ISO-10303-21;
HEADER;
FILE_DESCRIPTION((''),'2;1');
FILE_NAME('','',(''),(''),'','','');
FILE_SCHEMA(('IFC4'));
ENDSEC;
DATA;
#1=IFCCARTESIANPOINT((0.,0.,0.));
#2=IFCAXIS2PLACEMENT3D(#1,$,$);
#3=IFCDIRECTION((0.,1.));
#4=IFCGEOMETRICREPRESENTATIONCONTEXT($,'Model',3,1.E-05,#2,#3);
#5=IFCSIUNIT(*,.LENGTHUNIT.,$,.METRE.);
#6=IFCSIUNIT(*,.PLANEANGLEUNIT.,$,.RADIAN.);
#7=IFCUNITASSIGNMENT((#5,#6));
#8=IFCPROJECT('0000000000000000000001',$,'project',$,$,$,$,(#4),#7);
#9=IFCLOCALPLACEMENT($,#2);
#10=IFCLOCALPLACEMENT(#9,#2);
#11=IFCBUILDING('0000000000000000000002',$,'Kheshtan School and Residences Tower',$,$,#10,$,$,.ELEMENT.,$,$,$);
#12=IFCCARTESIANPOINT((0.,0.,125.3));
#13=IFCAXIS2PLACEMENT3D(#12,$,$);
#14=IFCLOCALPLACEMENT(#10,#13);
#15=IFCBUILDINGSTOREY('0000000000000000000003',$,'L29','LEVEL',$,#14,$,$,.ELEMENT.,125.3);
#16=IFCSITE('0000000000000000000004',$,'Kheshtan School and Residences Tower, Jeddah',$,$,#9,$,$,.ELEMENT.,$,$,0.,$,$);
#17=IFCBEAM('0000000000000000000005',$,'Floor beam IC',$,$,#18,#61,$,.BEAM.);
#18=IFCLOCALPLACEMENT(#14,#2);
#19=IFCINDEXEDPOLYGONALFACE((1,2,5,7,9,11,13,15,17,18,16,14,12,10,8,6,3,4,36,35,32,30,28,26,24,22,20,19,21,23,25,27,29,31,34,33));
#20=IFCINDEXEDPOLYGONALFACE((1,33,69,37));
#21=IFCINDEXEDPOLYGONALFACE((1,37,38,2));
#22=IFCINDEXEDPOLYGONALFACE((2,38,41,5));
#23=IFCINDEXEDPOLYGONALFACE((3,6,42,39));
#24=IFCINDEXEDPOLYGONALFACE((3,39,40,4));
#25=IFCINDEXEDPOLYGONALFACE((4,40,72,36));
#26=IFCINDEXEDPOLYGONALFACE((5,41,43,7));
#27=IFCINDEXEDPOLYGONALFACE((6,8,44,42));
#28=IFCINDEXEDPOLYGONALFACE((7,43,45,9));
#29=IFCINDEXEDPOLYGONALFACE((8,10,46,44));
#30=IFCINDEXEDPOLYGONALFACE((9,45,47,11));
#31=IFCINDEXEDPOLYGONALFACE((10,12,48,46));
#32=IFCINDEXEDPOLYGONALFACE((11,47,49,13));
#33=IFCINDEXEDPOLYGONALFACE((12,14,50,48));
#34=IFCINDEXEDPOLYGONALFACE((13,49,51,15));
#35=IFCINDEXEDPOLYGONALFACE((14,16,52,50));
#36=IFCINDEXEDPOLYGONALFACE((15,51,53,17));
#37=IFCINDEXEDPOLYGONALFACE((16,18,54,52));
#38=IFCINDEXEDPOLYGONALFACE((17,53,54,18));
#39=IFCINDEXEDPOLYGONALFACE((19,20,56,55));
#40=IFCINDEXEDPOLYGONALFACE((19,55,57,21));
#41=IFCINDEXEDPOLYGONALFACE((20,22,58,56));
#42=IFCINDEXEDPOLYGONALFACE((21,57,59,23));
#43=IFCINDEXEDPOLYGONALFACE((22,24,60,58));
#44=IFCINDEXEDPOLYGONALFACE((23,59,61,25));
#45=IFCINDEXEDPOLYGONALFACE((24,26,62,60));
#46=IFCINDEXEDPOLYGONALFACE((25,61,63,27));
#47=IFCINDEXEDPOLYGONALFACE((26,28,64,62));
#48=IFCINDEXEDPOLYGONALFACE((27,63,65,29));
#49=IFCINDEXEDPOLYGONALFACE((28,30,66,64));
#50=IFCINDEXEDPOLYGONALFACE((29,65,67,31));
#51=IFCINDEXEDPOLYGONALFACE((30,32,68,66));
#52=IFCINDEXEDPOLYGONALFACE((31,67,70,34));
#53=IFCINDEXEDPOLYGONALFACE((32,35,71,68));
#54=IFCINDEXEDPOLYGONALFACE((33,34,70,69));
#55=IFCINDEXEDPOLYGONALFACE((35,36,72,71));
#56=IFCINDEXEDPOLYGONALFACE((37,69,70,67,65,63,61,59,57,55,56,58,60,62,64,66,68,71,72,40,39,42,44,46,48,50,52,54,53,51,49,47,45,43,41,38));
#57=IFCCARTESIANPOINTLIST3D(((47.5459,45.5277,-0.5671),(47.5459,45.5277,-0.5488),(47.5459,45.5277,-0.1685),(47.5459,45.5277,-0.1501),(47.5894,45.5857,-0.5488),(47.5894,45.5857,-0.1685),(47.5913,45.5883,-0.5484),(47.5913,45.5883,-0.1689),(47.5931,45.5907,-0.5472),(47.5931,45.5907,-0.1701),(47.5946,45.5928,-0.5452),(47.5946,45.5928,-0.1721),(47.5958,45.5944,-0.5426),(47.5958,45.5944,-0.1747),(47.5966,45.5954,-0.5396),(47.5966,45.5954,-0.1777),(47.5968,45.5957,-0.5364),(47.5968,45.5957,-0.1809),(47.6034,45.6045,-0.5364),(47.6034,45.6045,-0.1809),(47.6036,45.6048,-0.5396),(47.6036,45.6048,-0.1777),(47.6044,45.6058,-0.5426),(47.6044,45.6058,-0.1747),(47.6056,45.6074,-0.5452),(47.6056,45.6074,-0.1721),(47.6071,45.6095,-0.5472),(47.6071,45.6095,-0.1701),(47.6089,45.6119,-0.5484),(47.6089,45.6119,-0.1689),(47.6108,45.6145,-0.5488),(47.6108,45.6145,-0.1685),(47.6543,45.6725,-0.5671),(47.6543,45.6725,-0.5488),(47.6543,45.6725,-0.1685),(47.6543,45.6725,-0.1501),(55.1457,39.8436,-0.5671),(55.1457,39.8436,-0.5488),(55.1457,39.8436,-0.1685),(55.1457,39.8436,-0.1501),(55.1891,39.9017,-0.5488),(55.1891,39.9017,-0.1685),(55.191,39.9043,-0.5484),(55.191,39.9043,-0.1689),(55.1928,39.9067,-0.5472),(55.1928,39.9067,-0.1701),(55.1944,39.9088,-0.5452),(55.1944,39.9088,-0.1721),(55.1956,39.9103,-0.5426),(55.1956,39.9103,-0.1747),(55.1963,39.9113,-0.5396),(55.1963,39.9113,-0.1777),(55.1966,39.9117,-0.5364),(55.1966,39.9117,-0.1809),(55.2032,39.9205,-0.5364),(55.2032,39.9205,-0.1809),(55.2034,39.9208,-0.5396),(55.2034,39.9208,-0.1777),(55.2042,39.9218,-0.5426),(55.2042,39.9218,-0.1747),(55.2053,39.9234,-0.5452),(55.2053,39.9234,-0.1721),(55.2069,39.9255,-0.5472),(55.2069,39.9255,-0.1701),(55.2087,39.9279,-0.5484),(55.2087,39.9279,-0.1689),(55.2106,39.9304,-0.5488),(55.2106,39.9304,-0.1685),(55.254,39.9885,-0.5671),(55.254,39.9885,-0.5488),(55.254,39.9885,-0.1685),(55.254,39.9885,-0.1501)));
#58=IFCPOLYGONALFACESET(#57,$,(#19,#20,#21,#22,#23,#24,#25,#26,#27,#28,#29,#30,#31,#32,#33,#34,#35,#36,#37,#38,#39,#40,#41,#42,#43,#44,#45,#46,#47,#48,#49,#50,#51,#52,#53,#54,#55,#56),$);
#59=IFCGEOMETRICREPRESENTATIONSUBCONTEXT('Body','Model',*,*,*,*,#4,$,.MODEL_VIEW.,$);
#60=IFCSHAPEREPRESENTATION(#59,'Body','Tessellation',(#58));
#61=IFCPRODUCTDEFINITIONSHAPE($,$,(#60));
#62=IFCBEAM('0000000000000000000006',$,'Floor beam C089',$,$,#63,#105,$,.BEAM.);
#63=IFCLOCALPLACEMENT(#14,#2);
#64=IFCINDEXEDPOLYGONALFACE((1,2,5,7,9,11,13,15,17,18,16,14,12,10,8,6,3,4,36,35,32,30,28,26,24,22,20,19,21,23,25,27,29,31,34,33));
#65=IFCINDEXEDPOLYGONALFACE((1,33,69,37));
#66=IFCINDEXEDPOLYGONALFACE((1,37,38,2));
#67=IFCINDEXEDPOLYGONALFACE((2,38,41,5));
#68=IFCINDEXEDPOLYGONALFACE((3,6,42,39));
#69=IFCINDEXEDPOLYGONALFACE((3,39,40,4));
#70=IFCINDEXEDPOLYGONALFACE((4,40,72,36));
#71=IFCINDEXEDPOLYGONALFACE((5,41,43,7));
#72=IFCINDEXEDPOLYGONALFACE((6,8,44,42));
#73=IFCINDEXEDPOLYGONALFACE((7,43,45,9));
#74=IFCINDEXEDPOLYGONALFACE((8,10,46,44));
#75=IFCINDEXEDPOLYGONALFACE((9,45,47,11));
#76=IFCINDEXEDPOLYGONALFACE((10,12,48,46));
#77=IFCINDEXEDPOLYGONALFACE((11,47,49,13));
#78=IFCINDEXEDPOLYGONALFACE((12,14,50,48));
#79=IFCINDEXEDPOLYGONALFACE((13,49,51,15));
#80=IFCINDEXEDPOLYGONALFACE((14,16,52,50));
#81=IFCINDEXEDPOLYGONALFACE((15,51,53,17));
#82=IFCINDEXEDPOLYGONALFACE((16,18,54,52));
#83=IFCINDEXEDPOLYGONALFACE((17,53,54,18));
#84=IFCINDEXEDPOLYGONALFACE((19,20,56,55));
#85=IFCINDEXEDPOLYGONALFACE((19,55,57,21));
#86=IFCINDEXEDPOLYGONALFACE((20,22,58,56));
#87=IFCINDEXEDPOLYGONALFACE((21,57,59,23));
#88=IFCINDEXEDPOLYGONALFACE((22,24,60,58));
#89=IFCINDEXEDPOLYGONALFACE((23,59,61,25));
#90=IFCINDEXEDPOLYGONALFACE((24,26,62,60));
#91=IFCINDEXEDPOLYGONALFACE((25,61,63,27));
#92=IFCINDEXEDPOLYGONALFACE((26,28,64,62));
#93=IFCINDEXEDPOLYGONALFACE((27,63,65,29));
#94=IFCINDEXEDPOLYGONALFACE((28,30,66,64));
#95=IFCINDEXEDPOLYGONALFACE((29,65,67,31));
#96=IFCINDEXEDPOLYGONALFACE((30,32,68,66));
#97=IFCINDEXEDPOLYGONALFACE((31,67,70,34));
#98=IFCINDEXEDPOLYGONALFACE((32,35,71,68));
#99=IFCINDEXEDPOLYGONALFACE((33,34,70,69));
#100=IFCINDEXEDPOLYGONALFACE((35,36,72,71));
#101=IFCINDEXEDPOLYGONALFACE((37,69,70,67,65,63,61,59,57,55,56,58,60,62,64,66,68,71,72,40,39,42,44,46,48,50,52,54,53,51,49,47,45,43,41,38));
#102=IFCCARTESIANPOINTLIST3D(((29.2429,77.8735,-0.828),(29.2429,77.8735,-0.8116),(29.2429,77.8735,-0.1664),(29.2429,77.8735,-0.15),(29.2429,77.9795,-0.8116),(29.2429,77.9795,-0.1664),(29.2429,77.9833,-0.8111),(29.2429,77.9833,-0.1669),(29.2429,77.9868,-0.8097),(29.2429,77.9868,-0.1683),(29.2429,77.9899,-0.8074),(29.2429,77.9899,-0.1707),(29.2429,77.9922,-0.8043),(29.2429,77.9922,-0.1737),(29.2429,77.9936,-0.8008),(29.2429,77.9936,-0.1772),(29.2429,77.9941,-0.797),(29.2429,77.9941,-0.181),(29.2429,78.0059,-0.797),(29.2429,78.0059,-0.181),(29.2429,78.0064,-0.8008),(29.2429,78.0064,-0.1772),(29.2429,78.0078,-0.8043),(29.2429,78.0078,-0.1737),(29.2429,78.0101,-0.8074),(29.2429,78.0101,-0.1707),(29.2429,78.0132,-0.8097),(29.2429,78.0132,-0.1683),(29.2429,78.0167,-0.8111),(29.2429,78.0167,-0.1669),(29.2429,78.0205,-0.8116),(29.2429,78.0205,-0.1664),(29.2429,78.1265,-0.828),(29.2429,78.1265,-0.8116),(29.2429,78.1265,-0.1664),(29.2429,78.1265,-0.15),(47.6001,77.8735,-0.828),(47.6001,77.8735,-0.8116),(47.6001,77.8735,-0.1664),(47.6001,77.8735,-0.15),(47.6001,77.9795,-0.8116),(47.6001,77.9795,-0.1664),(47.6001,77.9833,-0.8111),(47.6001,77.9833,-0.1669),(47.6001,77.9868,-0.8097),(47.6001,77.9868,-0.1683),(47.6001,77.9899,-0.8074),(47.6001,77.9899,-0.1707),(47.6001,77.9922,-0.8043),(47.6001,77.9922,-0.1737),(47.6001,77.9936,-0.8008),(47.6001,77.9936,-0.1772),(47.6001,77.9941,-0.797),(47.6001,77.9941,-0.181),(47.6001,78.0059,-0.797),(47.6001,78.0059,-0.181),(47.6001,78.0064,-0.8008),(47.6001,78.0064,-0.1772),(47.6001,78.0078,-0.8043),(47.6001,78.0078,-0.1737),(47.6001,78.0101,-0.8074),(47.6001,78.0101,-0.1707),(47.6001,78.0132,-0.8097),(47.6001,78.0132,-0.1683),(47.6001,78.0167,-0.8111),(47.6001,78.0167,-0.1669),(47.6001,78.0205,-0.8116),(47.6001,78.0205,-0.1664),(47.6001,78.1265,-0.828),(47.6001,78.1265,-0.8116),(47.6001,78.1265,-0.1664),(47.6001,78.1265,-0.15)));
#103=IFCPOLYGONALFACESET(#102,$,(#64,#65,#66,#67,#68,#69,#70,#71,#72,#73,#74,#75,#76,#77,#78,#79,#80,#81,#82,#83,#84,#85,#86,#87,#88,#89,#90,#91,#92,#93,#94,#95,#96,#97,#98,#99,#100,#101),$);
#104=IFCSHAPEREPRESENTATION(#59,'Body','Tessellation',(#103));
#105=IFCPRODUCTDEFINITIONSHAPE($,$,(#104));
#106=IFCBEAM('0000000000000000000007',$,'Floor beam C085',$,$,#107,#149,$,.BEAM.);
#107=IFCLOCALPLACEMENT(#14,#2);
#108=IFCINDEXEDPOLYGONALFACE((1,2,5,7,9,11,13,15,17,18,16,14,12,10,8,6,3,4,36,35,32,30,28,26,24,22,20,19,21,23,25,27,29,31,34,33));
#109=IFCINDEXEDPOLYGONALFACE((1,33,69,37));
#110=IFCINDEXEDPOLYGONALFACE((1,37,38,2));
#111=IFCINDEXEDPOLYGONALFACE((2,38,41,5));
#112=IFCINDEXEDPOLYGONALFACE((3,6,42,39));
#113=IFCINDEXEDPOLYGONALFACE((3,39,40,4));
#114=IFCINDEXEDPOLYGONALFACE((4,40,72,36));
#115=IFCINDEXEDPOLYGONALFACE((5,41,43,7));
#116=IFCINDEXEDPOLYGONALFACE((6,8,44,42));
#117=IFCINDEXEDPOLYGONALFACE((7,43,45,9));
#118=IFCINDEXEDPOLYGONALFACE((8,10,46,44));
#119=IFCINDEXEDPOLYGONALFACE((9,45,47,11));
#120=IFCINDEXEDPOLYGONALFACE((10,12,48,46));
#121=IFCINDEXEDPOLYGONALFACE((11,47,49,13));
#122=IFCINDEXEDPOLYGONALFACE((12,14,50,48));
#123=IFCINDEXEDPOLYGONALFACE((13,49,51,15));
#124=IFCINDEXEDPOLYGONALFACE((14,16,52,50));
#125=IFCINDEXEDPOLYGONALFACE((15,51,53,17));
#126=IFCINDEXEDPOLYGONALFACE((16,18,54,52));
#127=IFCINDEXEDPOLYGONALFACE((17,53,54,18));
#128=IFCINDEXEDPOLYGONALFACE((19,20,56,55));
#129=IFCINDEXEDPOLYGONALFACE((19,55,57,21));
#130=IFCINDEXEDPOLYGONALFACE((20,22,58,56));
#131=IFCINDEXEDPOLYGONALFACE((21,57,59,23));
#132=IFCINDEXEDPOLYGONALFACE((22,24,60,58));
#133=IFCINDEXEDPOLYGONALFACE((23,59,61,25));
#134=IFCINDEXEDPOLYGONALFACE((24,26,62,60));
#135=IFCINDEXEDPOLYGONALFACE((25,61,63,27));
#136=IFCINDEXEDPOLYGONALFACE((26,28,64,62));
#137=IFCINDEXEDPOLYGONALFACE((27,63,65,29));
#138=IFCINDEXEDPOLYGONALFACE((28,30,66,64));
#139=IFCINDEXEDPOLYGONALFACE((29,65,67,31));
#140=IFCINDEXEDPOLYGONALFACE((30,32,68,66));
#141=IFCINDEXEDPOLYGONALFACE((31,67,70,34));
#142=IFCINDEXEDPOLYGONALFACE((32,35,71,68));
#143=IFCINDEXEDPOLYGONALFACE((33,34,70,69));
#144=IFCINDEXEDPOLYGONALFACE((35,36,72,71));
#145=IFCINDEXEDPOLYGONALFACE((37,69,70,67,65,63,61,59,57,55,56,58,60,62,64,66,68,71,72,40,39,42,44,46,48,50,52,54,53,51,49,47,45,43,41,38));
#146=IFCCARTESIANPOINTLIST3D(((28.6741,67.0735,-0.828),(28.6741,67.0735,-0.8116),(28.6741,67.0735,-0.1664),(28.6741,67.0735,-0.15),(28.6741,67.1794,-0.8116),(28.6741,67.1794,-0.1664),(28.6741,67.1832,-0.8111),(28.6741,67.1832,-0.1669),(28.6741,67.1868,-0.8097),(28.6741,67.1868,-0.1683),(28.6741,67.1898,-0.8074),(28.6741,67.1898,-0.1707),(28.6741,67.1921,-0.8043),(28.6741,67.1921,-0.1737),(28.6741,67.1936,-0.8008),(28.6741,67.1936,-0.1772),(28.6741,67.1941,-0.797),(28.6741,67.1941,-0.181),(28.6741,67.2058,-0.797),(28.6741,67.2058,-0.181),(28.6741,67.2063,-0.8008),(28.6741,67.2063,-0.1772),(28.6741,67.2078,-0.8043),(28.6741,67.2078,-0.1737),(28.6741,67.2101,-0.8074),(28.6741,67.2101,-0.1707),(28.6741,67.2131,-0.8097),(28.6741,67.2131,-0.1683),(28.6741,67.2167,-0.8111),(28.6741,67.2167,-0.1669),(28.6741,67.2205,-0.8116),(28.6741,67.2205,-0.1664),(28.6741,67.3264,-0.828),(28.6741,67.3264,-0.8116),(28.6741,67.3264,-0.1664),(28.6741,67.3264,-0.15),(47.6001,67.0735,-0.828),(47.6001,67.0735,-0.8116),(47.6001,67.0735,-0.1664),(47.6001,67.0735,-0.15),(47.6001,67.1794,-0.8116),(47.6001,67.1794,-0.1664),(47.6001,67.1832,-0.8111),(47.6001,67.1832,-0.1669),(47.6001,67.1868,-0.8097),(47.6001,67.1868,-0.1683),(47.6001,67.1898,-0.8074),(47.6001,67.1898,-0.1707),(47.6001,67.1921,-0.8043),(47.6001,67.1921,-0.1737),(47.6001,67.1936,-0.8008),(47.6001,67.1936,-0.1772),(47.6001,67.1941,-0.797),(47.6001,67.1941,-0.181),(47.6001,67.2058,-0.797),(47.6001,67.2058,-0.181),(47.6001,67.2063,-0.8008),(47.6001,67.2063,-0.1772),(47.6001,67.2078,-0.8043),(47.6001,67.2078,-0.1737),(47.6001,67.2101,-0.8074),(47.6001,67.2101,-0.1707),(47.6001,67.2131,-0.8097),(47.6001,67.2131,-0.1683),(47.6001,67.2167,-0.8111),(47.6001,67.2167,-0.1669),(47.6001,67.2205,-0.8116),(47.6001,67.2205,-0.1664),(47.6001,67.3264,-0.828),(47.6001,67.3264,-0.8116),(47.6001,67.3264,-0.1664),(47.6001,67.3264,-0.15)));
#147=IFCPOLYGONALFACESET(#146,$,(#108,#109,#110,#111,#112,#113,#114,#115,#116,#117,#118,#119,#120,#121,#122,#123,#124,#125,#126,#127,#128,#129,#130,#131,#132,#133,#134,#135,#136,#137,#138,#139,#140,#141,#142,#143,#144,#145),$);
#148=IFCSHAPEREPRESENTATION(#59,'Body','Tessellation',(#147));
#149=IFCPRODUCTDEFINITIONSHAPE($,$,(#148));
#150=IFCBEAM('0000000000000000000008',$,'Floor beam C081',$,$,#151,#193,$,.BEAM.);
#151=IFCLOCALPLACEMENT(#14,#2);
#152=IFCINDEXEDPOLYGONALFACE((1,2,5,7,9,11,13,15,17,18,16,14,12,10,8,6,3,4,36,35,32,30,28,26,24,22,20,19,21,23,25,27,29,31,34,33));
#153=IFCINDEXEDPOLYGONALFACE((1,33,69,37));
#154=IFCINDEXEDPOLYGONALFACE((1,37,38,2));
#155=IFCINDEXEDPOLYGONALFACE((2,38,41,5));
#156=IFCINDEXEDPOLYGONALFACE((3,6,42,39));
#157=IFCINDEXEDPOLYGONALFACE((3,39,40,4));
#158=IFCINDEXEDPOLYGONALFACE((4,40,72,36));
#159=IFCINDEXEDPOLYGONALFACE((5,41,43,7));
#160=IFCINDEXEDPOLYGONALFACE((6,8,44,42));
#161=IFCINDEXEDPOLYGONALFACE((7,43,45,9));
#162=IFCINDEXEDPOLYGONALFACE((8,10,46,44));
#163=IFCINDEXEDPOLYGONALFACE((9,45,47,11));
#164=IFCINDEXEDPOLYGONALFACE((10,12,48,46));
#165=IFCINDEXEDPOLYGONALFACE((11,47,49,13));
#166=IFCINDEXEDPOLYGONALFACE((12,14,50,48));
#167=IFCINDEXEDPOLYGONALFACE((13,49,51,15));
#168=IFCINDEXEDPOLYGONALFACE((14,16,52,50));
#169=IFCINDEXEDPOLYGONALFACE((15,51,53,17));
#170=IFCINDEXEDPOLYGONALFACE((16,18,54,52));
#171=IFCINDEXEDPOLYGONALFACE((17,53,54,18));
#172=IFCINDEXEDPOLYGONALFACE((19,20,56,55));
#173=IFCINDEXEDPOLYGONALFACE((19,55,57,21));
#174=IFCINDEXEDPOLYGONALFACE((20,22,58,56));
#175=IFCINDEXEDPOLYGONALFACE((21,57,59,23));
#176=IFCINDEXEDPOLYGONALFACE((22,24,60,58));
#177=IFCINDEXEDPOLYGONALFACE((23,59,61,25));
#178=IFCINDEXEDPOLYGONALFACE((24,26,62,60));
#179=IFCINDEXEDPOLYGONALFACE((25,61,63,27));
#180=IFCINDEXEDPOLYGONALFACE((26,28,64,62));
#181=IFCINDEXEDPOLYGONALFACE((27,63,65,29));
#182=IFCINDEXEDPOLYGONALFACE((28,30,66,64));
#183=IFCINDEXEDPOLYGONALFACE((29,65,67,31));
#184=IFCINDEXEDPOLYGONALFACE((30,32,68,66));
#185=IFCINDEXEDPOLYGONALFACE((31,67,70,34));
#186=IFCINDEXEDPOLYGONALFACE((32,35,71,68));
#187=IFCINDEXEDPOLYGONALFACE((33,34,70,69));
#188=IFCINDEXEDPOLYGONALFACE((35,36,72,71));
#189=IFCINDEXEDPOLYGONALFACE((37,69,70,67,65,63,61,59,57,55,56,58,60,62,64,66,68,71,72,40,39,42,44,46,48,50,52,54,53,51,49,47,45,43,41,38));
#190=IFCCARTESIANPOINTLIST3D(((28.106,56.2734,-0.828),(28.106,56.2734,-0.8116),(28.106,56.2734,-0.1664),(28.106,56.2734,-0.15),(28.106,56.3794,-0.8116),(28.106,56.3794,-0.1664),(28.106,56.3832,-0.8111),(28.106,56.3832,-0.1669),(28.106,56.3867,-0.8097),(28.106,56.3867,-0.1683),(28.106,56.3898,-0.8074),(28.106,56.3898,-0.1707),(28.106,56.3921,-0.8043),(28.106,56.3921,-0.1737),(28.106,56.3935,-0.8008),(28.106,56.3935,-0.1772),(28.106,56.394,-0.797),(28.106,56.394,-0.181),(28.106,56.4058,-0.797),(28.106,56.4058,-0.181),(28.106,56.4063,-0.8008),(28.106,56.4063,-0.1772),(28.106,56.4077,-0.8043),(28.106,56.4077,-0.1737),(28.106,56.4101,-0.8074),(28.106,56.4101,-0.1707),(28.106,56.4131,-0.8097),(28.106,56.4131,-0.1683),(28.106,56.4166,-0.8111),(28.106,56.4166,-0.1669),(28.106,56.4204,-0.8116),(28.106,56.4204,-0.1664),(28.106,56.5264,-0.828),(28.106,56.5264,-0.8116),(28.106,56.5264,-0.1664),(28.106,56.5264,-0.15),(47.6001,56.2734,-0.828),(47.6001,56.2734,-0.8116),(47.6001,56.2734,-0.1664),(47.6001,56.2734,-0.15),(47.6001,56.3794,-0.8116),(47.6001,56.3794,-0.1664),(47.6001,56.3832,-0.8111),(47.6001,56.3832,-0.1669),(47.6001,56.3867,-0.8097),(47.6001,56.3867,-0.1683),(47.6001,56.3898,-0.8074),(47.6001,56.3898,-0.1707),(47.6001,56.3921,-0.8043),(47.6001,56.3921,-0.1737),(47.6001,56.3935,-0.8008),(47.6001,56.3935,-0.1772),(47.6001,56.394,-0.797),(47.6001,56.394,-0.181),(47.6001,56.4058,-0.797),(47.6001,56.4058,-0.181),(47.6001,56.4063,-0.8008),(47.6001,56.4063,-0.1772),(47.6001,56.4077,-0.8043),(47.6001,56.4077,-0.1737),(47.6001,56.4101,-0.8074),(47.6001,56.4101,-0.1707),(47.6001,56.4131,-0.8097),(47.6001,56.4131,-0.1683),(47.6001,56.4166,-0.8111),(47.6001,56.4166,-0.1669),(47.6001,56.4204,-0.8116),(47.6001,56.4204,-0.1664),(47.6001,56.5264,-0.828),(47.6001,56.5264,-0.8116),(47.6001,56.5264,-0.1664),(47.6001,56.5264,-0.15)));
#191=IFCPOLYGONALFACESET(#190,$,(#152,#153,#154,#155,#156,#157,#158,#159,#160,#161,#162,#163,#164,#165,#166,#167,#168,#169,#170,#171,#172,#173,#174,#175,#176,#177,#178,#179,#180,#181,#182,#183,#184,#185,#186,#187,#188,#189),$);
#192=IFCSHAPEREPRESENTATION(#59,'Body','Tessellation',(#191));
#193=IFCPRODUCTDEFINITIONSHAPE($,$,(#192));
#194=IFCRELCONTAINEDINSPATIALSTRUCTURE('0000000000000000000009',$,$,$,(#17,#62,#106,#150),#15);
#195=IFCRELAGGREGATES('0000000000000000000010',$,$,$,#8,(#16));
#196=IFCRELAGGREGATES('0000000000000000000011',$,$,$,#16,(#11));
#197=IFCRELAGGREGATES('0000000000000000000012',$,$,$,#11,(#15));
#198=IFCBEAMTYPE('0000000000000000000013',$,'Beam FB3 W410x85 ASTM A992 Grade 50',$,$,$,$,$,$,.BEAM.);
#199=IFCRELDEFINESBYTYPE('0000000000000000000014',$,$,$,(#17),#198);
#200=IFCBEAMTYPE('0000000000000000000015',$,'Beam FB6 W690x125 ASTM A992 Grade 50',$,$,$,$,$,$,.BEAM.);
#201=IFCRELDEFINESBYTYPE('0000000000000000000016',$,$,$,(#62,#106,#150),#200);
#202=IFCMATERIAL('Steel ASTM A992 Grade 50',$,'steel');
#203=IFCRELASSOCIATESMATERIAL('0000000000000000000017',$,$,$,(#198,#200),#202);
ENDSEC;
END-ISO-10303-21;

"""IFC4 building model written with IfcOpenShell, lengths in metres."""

from ifc_helpers import new_model, si_unit, direction, frame, origin, origin_2d, place, context, subcontext, project, spatial, i_section, extrude, material, material_profile, profile_set, type_object, element, save


model = new_model("IFC4")

# Units and contexts
model_context = context("Model", 3, precision=1e-05, world=origin(), true_north=direction((0.0, 1.0)))
body_context = subcontext(model_context, "Body", "Model", "MODEL_VIEW")
ifc_project = project(units=[si_unit("LENGTHUNIT", "METRE"), si_unit("PLANEANGLEUNIT", "RADIAN")], contexts=[model_context])

# Site, building, storey
site_placement = place(None, origin())
site = spatial("IfcSite", under=ifc_project, at=site_placement, Name="Kheshtan School and Residences Tower, Jeddah", CompositionType="ELEMENT", RefElevation=0.0)
building_placement = place(site_placement, origin())
building = spatial("IfcBuilding", under=site, at=building_placement, Name="Kheshtan School and Residences Tower", CompositionType="ELEMENT")
storey_placement = place(building_placement, frame((0.0, 0.0, 125.3)))
storey = spatial("IfcBuildingStorey", under=building, at=storey_placement, Name="L29", Description="LEVEL", CompositionType="ELEMENT", Elevation=125.3)

# Shared definitions
ifc_material_1 = material(Name="Steel ASTM A992 Grade 50", Category="steel")

# Beams
ifc_material_profile_1 = material_profile(ifc_material_1, i_section(OverallWidth=0.1809, OverallDepth=0.417, WebThickness=0.011, FlangeThickness=0.0183, FilletRadius=0.0125, at=origin_2d()), Name="W410x85")
ifc_profile_set_1 = profile_set([ifc_material_profile_1], Name="Steel ASTM A992 Grade 50")
beam_type_1 = type_object("IfcBeamType", Name="Beam FB3 W410x85 ASTM A992 Grade 50", PredefinedType="BEAM", material=ifc_profile_set_1)
beam_1_placement = place(storey_placement, frame((47.6001, 45.6001, -0.3586), z_axis=(0.800799, -0.598933, 0.0), x_axis=(0.598933, 0.800799, 0.0)))
element("IfcBeam", 1, at=beam_1_placement, inside=storey, type_object=beam_type_1, Name="Floor beam IC", PredefinedType="BEAM", context=body_context, shape_type="SweptSolid", body=[
    extrude(i_section(OverallWidth=0.1809, OverallDepth=0.417, WebThickness=0.011, FlangeThickness=0.0183, FilletRadius=0.0125, at=origin_2d()), origin(), (0.0, 0.0, 1.0), 9.4902),
])
ifc_material_profile_2 = material_profile(ifc_material_1, i_section(OverallWidth=0.2529, OverallDepth=0.678, WebThickness=0.0117, FlangeThickness=0.0164, FilletRadius=0.0146, at=origin_2d()), Name="W690x125")
ifc_profile_set_2 = profile_set([ifc_material_profile_2], Name="Steel ASTM A992 Grade 50")
beam_type_2 = type_object("IfcBeamType", Name="Beam FB6 W690x125 ASTM A992 Grade 50", PredefinedType="BEAM", material=ifc_profile_set_2)
beam_2_placement = place(storey_placement, frame((47.6001, 78.0, -0.489), z_axis=(-1.0, 0.0, 0.0), x_axis=(0.0, -1.0, 0.0)))
element("IfcBeam", 2, at=beam_2_placement, inside=storey, type_object=beam_type_2, Name="Floor beam C089", PredefinedType="BEAM", context=body_context, shape_type="SweptSolid", body=[
    extrude(i_section(OverallWidth=0.2529, OverallDepth=0.678, WebThickness=0.0117, FlangeThickness=0.0164, FilletRadius=0.0146, at=origin_2d()), origin(), (0.0, 0.0, 1.0), 18.3572),
])
beam_3_placement = place(storey_placement, frame((47.6001, 67.2, -0.489), z_axis=(-1.0, 0.0, 0.0), x_axis=(0.0, -1.0, 0.0)))
element("IfcBeam", 3, at=beam_3_placement, inside=storey, type_object=beam_type_2, Name="Floor beam C085", PredefinedType="BEAM", context=body_context, shape_type="SweptSolid", body=[
    extrude(i_section(OverallWidth=0.2529, OverallDepth=0.678, WebThickness=0.0117, FlangeThickness=0.0164, FilletRadius=0.0146, at=origin_2d()), origin(), (0.0, 0.0, 1.0), 18.926),
])
beam_4_placement = place(storey_placement, frame((47.6001, 56.3999, -0.489), z_axis=(-1.0, 0.0, 0.0), x_axis=(0.0, -1.0, 0.0)))
element("IfcBeam", 4, at=beam_4_placement, inside=storey, type_object=beam_type_2, Name="Floor beam C081", PredefinedType="BEAM", context=body_context, shape_type="SweptSolid", body=[
    extrude(i_section(OverallWidth=0.2529, OverallDepth=0.678, WebThickness=0.0117, FlangeThickness=0.0164, FilletRadius=0.0146, at=origin_2d()), origin(), (0.0, 0.0, 1.0), 19.4941),
])

save(model, "model.ifc")
